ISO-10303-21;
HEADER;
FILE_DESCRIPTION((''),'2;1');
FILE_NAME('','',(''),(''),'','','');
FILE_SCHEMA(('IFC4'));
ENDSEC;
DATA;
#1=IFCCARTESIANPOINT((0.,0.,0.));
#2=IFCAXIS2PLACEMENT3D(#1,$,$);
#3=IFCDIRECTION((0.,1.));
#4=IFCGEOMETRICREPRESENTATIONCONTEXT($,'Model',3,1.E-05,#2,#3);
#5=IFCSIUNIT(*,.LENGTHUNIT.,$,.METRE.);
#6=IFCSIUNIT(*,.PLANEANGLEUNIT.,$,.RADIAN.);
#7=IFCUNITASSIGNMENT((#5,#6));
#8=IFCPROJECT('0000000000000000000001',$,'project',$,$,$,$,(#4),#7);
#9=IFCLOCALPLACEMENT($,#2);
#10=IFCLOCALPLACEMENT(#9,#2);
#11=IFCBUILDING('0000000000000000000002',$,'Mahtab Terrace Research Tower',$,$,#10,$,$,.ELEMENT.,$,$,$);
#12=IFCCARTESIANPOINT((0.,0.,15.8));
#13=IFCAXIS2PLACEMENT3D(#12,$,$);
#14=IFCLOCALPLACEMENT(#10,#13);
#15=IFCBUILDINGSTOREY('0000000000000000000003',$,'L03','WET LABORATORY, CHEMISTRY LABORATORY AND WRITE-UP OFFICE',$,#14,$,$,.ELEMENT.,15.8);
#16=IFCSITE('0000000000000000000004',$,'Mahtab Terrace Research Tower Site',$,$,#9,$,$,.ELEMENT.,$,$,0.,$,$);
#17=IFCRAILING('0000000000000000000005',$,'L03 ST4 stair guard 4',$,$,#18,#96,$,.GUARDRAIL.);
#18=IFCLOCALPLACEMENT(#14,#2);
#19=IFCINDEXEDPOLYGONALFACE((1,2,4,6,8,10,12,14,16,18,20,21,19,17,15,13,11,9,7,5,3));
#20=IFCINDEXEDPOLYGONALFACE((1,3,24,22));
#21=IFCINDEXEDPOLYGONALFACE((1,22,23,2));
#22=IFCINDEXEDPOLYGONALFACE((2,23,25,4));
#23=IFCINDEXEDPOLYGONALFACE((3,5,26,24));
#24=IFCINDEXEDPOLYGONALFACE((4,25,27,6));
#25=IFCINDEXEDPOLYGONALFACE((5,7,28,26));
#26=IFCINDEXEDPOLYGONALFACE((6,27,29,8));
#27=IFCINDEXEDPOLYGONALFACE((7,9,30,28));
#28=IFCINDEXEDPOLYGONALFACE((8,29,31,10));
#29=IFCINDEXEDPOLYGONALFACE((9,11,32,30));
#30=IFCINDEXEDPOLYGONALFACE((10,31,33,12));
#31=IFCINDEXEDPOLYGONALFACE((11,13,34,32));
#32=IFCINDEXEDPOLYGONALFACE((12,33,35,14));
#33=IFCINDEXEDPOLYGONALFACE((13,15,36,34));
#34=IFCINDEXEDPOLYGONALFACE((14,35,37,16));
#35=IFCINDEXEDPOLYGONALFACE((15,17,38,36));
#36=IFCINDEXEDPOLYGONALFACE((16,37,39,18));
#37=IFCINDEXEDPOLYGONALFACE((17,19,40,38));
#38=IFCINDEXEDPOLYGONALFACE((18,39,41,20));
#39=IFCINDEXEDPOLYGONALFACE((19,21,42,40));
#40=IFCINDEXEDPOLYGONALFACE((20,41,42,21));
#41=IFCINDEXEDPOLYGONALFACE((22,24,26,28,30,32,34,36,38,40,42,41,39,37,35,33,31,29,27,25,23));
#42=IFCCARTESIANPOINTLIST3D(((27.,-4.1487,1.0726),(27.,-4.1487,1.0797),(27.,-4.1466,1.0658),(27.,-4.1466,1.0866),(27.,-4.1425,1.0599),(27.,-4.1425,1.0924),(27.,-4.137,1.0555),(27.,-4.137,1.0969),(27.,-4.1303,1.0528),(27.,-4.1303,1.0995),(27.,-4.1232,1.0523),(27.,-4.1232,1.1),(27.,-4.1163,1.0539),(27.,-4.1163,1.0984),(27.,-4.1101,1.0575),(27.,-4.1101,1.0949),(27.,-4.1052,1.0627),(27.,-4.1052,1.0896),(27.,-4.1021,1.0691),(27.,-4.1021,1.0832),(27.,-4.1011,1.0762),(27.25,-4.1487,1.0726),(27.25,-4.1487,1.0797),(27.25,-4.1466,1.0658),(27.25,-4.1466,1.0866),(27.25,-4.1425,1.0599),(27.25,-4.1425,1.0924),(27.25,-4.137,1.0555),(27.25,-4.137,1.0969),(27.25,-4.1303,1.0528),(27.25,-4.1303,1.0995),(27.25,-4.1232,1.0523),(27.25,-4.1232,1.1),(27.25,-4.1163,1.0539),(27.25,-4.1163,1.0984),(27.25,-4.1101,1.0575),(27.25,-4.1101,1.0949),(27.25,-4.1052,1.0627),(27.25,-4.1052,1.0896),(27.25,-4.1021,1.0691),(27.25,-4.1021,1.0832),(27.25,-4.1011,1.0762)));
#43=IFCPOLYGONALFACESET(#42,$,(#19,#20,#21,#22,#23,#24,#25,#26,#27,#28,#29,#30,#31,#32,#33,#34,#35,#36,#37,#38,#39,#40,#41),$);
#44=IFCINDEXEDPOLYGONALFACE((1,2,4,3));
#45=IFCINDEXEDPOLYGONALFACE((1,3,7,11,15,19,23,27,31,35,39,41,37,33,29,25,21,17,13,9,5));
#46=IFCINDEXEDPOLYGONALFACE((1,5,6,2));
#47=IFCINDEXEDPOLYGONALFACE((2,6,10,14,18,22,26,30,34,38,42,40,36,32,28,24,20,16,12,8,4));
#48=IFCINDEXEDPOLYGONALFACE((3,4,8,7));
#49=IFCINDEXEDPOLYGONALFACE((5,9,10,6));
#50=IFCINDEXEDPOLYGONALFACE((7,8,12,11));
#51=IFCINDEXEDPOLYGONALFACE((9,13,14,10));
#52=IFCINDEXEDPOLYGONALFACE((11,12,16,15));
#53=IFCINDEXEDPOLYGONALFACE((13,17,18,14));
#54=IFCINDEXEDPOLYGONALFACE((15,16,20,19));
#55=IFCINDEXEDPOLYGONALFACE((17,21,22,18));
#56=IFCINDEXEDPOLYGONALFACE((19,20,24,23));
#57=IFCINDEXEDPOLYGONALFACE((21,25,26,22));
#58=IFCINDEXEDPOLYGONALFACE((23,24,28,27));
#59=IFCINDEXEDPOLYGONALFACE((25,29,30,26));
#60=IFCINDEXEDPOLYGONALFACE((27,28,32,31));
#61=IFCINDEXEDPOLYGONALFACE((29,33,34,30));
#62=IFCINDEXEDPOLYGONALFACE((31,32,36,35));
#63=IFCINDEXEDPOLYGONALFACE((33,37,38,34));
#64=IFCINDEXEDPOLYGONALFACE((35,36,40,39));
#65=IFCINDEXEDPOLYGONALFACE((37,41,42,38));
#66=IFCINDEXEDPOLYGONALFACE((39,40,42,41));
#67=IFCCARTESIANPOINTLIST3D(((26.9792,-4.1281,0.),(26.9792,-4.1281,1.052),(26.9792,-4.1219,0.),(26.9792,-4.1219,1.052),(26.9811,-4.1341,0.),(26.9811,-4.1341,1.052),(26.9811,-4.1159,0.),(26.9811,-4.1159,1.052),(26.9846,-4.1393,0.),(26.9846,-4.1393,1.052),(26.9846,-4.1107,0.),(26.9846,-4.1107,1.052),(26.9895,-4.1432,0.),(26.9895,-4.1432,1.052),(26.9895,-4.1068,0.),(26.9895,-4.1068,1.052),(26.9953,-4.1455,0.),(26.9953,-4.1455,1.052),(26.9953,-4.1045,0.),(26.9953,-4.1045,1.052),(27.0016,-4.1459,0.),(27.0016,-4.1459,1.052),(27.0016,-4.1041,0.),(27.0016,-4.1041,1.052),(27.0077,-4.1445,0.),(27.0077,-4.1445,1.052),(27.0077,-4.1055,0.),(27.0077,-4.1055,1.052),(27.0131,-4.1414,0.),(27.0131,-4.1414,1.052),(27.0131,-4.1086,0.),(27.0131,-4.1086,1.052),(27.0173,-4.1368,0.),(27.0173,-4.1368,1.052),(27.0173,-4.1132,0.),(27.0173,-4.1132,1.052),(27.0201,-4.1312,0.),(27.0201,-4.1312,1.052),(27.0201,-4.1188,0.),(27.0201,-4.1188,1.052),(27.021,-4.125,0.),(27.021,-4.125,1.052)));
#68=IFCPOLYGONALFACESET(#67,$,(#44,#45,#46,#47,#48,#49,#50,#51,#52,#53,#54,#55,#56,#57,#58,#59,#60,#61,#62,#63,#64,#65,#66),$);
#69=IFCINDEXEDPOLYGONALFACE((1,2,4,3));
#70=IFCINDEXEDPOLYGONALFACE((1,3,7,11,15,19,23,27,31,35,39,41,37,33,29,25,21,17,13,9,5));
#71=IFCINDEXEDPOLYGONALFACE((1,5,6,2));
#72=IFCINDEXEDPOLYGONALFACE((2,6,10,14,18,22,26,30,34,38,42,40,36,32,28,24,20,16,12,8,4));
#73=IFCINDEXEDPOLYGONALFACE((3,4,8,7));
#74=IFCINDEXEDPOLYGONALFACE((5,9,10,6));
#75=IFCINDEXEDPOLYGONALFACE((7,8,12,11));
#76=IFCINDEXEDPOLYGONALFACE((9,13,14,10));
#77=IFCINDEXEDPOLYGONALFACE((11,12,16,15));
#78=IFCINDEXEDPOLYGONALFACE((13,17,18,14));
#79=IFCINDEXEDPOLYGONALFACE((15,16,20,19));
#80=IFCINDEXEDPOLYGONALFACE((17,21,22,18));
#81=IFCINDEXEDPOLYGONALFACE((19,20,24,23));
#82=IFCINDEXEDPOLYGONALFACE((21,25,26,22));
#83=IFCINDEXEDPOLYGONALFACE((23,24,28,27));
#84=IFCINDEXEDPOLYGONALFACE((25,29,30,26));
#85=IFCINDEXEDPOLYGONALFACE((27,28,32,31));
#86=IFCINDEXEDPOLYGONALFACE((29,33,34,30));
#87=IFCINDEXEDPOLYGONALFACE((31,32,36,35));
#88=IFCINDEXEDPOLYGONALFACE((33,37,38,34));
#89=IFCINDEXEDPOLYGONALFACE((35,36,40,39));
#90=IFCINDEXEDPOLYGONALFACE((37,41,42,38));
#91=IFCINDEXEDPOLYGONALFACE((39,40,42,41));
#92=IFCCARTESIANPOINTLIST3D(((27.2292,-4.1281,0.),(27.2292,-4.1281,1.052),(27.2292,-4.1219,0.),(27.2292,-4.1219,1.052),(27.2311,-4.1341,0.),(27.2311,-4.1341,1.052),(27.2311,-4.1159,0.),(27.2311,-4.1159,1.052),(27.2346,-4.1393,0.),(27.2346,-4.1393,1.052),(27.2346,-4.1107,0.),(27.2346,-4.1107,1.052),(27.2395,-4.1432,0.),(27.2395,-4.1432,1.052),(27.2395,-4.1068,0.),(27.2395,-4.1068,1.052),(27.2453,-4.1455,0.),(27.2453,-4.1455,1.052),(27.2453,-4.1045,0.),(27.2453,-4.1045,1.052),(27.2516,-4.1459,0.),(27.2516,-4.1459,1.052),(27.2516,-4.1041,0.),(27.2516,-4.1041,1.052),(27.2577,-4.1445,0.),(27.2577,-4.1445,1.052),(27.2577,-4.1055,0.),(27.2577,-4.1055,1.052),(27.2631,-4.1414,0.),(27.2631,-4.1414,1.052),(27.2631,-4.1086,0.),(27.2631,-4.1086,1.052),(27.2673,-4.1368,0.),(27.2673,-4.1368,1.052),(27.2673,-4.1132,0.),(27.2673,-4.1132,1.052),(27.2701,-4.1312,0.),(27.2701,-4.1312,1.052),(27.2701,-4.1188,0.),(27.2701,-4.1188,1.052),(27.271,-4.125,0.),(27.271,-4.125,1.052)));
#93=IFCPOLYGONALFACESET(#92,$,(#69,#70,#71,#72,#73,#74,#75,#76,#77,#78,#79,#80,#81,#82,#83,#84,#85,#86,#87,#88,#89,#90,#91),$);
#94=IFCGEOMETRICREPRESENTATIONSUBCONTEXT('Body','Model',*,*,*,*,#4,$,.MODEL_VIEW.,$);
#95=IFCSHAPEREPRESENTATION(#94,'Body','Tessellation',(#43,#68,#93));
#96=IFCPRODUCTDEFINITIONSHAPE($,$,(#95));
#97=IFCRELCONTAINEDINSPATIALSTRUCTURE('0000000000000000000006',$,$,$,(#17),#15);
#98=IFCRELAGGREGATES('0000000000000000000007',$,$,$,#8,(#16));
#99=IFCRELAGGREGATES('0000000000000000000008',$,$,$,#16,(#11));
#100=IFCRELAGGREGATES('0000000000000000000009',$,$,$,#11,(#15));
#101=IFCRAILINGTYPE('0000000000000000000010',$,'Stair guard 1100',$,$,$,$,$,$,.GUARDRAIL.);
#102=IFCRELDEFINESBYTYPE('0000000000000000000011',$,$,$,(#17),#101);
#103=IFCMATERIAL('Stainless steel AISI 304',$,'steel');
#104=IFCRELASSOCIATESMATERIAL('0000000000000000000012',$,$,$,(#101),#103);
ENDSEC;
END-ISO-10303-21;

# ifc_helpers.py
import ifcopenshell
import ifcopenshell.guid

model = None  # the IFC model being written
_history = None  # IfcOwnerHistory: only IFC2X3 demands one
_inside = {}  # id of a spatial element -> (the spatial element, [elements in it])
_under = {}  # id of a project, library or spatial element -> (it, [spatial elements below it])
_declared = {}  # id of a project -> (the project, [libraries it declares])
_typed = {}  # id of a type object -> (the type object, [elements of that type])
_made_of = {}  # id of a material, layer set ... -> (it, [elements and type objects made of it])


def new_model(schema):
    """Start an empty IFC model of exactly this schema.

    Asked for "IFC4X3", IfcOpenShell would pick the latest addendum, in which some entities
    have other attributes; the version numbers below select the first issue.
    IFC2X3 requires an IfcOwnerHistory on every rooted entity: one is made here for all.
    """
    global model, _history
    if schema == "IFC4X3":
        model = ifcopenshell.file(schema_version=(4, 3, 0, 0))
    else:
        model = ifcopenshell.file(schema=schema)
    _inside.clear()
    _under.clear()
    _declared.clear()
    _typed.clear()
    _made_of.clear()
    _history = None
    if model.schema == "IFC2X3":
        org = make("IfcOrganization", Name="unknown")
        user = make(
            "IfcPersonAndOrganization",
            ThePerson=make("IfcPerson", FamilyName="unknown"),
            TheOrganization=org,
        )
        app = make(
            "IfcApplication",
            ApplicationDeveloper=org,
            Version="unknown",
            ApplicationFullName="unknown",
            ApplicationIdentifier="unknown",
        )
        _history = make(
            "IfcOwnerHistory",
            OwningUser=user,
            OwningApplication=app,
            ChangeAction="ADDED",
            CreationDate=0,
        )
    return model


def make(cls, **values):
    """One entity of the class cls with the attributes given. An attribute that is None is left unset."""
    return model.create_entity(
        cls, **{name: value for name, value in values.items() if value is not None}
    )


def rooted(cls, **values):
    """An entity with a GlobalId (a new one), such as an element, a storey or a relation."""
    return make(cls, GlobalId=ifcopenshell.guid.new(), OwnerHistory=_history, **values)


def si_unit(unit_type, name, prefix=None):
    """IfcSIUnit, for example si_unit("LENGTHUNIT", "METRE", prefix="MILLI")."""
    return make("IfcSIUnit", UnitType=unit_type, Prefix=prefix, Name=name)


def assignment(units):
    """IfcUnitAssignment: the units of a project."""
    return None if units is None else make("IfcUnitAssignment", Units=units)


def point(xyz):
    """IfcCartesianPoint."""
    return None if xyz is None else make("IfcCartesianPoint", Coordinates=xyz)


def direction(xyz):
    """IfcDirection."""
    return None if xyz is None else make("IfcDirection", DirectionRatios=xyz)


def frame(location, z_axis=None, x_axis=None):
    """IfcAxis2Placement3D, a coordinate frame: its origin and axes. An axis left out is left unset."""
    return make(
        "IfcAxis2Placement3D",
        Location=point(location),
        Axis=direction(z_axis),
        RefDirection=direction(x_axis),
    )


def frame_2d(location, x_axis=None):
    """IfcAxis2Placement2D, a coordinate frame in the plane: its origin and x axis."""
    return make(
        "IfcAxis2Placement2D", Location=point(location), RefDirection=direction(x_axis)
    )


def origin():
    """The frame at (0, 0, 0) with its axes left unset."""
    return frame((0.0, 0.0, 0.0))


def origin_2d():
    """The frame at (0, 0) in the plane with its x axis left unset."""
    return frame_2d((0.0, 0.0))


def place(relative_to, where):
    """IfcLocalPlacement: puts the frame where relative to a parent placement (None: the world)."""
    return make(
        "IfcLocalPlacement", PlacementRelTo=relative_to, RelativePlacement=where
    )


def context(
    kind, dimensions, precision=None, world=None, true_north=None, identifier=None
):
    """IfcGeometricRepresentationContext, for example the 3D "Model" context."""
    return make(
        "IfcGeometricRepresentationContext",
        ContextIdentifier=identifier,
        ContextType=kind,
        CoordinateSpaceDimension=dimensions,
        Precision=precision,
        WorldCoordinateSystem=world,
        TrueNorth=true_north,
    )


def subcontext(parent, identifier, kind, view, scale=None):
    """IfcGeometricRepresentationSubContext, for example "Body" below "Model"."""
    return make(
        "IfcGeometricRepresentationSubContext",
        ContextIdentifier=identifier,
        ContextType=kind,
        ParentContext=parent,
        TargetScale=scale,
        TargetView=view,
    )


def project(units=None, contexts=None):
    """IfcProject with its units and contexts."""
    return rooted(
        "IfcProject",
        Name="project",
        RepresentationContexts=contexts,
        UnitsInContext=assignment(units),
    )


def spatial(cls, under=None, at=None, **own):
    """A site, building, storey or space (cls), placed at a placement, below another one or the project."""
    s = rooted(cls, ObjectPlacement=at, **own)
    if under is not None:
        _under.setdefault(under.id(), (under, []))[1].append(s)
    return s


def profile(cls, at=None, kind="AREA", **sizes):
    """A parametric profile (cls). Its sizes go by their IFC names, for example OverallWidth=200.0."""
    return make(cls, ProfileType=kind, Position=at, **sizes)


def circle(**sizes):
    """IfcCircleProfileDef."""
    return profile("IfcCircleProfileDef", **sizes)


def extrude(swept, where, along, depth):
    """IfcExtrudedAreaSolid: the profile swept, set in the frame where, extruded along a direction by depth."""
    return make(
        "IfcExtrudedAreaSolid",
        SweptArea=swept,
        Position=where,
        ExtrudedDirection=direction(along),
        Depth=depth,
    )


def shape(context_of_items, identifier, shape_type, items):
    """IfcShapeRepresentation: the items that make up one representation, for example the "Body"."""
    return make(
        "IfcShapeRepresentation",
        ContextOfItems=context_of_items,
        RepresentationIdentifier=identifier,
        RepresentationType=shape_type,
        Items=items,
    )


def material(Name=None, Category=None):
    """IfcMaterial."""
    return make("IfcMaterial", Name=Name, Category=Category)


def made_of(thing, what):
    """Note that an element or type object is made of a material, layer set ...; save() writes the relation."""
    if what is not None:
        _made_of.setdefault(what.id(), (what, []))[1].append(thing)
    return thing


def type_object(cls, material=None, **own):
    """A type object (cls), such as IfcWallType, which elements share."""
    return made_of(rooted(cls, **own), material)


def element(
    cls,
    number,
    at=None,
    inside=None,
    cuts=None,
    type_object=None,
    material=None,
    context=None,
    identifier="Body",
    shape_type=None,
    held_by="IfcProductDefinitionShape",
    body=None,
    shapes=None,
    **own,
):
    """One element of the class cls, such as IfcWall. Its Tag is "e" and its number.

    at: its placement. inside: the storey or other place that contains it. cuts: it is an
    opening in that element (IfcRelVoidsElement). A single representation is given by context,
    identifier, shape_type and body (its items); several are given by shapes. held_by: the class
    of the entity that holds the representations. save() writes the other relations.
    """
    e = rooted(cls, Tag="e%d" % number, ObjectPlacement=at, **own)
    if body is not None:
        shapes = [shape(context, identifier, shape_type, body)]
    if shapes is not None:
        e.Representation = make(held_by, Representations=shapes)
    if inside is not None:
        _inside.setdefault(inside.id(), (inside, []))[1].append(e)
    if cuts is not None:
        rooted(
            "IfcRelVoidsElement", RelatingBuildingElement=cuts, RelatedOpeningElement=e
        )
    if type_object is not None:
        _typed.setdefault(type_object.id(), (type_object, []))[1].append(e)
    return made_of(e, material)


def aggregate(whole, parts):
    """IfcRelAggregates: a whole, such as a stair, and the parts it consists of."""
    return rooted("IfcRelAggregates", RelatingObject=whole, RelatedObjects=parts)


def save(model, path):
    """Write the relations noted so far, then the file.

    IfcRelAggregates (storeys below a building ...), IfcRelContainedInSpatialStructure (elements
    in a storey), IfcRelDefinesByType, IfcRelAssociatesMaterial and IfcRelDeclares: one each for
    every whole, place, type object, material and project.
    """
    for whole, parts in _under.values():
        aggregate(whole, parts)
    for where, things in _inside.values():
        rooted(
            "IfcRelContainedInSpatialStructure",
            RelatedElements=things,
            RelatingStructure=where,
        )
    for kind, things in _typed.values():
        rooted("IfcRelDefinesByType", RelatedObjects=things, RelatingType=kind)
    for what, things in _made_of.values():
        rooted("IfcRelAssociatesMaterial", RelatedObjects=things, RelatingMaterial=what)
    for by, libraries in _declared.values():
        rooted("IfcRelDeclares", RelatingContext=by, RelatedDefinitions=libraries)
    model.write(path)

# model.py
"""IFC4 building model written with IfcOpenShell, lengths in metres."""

from ifc_helpers import new_model, si_unit, direction, frame, origin, origin_2d, place, context, subcontext, project, spatial, circle, extrude, material, type_object, element, save


model = new_model("IFC4")

# Units and contexts
model_context = context("Model", 3, precision=1e-05, world=origin(), true_north=direction((0.0, 1.0)))
body_context = subcontext(model_context, "Body", "Model", "MODEL_VIEW")
ifc_project = project(units=[si_unit("LENGTHUNIT", "METRE"), si_unit("PLANEANGLEUNIT", "RADIAN")], contexts=[model_context])

# Site, building, storey
site_placement = place(None, origin())
site = spatial("IfcSite", under=ifc_project, at=site_placement, Name="Mahtab Terrace Research Tower Site", CompositionType="ELEMENT", RefElevation=0.0)
building_placement = place(site_placement, origin())
building = spatial("IfcBuilding", under=site, at=building_placement, Name="Mahtab Terrace Research Tower", CompositionType="ELEMENT")
storey_placement = place(building_placement, frame((0.0, 0.0, 15.8)))
storey = spatial("IfcBuildingStorey", under=building, at=storey_placement, Name="L03", Description="WET LABORATORY, CHEMISTRY LABORATORY AND WRITE-UP OFFICE", CompositionType="ELEMENT", Elevation=15.8)

# Shared definitions
ifc_material_1 = material(Name="Stainless steel AISI 304", Category="steel")

# Railing
railing_type_1 = type_object("IfcRailingType", Name="Stair guard 1100", PredefinedType="GUARDRAIL", material=ifc_material_1)
railing_1_placement = place(storey_placement, frame((27.0, -4.125, 0.0)))
element("IfcRailing", 1, at=railing_1_placement, inside=storey, type_object=railing_type_1, Name="L03 ST4 stair guard 4", PredefinedType="GUARDRAIL", context=body_context, shape_type="SweptSolid", body=[
    extrude(circle(Radius=0.0239, at=origin_2d()), frame((0.0, 0.0, 1.0762), z_axis=(1.0, 0.0, 0.0), x_axis=(0.0, 1.0, 0.0)), (0.0, 0.0, 1.0), 0.25),
    extrude(circle(Radius=0.021, at=origin_2d()), origin(), (0.0, 0.0, 1.0), 1.052),
    extrude(circle(Radius=0.021, at=origin_2d()), frame((0.25, 0.0, 0.0)), (0.0, 0.0, 1.0), 1.052),
])

save(model, "model.ifc")
